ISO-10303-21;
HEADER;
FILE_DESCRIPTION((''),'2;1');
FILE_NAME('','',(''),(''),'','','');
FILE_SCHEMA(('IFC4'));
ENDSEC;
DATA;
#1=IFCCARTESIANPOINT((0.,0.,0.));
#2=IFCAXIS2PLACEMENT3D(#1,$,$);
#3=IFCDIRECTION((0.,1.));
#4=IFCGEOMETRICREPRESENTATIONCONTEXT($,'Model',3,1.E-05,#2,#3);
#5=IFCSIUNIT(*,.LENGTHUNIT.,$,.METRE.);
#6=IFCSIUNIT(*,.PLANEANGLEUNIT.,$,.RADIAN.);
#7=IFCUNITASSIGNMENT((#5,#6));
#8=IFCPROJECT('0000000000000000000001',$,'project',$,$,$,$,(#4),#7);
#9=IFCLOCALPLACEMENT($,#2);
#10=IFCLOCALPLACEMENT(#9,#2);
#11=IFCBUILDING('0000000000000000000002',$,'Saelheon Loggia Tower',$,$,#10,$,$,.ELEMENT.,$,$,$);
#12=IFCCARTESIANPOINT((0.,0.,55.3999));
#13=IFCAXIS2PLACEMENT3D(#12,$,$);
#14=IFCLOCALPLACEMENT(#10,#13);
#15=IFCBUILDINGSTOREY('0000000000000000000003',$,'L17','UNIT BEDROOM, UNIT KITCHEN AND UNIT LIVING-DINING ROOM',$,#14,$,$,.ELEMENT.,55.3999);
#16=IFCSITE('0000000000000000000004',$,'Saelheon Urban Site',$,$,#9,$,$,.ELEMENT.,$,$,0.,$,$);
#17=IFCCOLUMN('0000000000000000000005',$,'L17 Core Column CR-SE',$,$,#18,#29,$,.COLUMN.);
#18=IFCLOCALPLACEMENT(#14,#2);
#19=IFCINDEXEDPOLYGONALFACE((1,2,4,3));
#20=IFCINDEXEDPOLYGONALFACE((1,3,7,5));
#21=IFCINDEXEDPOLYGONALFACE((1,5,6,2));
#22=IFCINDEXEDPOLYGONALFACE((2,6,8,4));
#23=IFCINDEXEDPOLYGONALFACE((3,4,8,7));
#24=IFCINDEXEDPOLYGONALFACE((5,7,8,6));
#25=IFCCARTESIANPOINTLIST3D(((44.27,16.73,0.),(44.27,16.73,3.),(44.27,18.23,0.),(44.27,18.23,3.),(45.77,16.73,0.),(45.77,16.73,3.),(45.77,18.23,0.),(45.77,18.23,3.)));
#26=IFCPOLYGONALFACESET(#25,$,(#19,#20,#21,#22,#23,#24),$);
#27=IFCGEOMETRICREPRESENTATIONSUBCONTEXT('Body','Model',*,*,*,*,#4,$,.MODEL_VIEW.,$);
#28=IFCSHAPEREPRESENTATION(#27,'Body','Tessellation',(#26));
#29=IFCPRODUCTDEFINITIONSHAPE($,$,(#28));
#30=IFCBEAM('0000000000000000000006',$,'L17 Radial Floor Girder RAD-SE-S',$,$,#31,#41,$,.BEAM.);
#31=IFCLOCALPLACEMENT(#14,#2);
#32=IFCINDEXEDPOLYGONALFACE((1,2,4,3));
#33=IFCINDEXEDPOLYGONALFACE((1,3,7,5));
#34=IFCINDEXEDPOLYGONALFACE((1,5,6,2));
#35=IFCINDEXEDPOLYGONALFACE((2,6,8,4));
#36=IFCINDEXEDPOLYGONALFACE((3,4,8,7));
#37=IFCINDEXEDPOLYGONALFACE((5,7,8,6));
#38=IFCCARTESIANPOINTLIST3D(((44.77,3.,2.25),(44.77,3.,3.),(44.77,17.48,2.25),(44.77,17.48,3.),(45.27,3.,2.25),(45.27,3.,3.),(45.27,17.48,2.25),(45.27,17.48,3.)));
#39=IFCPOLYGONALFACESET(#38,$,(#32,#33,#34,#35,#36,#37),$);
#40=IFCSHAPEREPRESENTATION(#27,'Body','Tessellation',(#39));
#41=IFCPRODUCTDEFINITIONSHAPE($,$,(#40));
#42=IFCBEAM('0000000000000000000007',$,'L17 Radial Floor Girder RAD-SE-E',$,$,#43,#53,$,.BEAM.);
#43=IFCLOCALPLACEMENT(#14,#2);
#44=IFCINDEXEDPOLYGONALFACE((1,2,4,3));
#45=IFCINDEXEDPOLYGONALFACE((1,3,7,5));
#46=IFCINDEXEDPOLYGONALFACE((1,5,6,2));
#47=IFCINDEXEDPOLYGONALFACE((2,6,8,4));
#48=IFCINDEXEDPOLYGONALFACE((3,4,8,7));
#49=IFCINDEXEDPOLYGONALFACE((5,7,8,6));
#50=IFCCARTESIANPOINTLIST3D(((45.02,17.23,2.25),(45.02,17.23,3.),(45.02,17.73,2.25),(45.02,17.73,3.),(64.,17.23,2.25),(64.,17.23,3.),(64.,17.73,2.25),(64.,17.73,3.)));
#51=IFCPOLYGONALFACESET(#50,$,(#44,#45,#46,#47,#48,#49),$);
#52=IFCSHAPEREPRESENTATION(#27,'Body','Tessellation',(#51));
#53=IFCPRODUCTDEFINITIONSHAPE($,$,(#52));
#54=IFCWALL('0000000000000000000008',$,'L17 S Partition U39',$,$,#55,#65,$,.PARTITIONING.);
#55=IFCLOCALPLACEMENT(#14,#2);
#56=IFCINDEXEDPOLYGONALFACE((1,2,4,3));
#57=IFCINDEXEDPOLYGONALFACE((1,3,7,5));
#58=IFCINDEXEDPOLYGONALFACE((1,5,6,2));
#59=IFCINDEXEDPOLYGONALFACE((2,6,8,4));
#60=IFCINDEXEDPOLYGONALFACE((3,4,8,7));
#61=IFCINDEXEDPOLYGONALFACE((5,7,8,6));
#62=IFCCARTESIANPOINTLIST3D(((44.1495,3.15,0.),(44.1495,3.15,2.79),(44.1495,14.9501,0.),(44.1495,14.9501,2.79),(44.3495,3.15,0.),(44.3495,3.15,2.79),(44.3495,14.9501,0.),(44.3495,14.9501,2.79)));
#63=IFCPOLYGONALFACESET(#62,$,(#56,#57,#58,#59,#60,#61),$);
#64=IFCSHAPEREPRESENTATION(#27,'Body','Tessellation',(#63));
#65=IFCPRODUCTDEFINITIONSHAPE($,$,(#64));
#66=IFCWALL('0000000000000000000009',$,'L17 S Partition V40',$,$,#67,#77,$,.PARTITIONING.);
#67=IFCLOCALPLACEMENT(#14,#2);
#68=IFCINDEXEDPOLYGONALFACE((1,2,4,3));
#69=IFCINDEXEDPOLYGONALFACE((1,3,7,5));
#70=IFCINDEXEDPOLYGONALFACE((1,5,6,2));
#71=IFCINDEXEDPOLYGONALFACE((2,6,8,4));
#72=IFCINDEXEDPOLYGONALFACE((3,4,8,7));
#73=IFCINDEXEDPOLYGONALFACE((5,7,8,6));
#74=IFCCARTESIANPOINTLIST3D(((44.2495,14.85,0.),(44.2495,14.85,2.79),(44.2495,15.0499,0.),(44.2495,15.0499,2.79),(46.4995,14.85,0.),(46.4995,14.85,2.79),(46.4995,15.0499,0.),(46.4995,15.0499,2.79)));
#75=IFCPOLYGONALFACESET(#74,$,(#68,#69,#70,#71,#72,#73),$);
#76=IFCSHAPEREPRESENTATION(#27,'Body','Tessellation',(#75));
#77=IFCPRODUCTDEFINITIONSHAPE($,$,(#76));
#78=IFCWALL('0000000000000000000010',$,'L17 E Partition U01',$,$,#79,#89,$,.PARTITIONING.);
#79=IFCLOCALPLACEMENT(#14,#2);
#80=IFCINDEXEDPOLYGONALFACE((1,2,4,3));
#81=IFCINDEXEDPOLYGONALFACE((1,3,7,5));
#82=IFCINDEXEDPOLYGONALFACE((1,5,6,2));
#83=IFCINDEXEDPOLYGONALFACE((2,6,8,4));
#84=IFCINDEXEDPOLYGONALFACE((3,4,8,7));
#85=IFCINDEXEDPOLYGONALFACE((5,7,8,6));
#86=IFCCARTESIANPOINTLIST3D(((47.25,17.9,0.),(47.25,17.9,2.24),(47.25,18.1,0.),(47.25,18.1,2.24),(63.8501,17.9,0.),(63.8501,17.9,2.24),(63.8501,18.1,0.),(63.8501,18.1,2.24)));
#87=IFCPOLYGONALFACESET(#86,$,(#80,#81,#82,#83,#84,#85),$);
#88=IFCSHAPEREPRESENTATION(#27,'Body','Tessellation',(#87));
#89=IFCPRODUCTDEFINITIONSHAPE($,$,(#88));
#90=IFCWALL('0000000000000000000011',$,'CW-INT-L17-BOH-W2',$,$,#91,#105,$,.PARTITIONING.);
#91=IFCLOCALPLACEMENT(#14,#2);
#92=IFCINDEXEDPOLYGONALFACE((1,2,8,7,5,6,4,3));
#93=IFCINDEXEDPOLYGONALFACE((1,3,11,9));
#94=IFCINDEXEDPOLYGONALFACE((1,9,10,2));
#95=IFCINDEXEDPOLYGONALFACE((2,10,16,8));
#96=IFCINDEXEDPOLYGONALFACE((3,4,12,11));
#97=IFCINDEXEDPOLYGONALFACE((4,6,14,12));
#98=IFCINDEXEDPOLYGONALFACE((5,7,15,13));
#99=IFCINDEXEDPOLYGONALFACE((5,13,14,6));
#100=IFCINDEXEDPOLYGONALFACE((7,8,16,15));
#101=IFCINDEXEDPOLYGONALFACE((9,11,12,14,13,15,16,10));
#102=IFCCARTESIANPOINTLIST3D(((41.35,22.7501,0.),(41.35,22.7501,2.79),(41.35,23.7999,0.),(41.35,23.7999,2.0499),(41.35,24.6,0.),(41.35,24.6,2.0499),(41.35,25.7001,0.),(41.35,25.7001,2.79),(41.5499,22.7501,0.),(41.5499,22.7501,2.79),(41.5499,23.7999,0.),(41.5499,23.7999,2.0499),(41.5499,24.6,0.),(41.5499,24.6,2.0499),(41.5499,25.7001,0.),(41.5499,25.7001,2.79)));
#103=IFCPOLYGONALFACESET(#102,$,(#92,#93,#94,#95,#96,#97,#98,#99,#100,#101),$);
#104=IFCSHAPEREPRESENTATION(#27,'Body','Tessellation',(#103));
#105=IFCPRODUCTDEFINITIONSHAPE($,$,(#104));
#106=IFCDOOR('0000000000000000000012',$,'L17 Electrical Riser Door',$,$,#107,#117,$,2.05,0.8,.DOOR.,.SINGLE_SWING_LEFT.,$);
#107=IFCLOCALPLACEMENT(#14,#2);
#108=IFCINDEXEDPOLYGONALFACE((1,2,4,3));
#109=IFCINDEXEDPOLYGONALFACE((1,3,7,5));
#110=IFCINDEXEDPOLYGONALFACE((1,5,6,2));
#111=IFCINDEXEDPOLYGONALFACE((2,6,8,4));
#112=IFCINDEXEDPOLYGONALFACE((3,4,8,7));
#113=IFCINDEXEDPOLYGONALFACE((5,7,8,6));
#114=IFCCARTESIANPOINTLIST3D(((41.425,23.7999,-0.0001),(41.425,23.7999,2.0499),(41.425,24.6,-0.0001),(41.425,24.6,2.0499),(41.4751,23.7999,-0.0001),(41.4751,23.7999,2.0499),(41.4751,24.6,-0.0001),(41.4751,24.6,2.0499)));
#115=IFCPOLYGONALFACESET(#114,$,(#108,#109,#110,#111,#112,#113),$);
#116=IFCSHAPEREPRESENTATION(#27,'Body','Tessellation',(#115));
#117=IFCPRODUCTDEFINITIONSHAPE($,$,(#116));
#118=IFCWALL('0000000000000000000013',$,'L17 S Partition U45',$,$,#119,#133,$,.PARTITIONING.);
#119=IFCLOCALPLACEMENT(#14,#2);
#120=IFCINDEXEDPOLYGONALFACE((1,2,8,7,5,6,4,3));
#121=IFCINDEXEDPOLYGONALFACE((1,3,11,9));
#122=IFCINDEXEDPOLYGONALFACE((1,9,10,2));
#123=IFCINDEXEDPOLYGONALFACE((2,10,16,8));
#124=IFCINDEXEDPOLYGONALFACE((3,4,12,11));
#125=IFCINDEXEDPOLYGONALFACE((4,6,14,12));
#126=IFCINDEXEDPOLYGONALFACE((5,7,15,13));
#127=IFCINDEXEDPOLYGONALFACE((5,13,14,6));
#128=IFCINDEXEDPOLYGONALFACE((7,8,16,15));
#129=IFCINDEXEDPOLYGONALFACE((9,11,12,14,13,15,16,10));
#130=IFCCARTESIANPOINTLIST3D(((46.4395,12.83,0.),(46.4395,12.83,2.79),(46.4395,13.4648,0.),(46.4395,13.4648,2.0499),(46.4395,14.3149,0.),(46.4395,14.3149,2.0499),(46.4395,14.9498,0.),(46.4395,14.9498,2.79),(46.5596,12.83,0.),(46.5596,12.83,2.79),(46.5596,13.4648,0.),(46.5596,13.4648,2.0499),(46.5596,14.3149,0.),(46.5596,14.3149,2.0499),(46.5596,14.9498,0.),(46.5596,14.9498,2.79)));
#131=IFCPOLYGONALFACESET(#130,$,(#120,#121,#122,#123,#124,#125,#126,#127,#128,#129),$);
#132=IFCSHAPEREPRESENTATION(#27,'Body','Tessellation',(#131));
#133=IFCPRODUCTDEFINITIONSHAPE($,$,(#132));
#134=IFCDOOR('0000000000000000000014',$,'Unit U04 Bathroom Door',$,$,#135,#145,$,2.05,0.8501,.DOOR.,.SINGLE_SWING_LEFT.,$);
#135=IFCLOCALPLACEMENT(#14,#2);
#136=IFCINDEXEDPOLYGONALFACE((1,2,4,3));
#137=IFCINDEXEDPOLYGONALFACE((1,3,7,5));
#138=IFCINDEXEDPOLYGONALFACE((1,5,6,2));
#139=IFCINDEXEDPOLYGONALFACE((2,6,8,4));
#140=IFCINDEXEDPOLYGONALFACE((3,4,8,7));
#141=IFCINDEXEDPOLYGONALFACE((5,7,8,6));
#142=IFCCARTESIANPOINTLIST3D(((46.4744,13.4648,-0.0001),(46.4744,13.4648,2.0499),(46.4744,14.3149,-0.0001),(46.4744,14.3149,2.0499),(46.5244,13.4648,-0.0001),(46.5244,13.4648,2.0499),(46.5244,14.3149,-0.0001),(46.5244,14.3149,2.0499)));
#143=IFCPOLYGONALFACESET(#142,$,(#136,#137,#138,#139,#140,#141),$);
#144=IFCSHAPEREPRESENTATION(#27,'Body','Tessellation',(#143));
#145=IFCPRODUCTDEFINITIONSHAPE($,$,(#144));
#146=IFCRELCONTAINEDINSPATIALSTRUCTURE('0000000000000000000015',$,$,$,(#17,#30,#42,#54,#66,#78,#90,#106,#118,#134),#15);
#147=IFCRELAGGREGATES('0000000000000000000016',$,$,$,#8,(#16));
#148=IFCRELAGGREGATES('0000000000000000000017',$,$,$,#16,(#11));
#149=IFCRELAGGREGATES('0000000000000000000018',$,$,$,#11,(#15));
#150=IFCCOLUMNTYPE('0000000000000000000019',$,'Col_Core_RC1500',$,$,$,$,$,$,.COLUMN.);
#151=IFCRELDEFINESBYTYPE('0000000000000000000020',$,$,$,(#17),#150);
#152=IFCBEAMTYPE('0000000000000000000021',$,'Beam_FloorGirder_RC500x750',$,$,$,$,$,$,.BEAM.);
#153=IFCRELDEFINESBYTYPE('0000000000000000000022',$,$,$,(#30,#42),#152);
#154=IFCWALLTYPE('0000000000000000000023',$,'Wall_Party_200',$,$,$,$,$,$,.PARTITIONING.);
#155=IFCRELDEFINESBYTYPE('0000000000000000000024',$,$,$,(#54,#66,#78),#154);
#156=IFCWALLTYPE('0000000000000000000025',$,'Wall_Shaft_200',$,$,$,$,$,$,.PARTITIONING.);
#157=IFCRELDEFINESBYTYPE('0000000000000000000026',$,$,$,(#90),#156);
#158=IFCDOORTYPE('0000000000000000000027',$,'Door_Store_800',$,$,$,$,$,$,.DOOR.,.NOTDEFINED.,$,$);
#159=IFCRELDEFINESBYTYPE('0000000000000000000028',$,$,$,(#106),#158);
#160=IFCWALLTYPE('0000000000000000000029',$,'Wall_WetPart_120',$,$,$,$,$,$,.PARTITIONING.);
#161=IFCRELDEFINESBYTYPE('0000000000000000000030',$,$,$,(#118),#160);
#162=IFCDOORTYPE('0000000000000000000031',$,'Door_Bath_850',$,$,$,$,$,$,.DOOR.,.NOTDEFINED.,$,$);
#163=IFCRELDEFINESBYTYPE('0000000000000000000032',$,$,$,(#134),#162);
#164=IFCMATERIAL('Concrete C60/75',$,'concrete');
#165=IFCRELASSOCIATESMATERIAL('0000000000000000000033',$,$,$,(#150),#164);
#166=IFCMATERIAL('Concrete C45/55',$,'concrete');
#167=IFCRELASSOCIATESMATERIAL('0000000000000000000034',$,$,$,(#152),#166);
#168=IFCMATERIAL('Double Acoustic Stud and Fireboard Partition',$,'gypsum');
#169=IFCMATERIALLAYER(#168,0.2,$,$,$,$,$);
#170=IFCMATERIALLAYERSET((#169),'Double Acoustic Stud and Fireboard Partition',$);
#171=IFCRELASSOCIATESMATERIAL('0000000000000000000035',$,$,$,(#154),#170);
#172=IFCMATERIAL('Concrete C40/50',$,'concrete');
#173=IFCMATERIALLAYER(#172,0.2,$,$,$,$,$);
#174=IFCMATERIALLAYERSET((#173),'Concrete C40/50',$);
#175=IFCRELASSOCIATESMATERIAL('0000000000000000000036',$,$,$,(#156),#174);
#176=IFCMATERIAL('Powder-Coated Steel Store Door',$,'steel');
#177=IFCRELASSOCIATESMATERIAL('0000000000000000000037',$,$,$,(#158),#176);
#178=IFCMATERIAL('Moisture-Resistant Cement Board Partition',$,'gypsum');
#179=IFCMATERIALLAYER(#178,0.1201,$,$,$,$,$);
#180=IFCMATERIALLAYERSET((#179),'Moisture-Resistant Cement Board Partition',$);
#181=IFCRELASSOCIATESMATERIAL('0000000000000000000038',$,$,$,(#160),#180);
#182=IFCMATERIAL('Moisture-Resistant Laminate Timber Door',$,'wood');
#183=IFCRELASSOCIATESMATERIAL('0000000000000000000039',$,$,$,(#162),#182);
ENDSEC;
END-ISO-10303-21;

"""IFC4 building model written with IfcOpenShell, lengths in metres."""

from ifc_helpers import new_model, si_unit, direction, frame, frame_2d, origin, origin_2d, place, context, subcontext, project, spatial, rectangle, extrude, source, transform, mapped, material, layer, layer_set, material_profile, profile_set, type_object, element, fill, save


model = new_model("IFC4")

# Units and contexts
model_context = context("Model", 3, precision=1e-05, world=origin(), true_north=direction((0.0, 1.0)))
body_context = subcontext(model_context, "Body", "Model", "MODEL_VIEW")
ifc_project = project(units=[si_unit("LENGTHUNIT", "METRE"), si_unit("PLANEANGLEUNIT", "RADIAN")], contexts=[model_context])

# Site, building, storey
site_placement = place(None, origin())
site = spatial("IfcSite", under=ifc_project, at=site_placement, Name="Saelheon Urban Site", CompositionType="ELEMENT", RefElevation=0.0)
building_placement = place(site_placement, origin())
building = spatial("IfcBuilding", under=site, at=building_placement, Name="Saelheon Loggia Tower", CompositionType="ELEMENT")
storey_placement = place(building_placement, frame((0.0, 0.0, 55.3999)))
storey = spatial("IfcBuildingStorey", under=building, at=storey_placement, Name="L17", Description="UNIT BEDROOM, UNIT KITCHEN AND UNIT LIVING-DINING ROOM", CompositionType="ELEMENT", Elevation=55.3999)

# Column
ifc_material_1 = material(Name="Concrete C60/75", Category="concrete")
ifc_material_profile_1 = material_profile(ifc_material_1, rectangle(XDim=1.5, YDim=1.5, at=origin_2d()), Name="RC-1500x1500")
ifc_profile_set_1 = profile_set([ifc_material_profile_1], Name="Concrete C60/75")
column_type = type_object("IfcColumnType", Name="Col_Core_RC1500", PredefinedType="COLUMN", material=ifc_profile_set_1)
shared_shape_1 = source(origin(), body_context, "Body", "SweptSolid", [
    extrude(rectangle(XDim=1.5, YDim=1.5, at=origin_2d()), origin(), (0.0, 0.0, 1.0), 3.0),
])
column_placement = place(storey_placement, frame((45.02, 17.48, 0.0), z_axis=(0.0, 0.0, 1.0), x_axis=(1.0, 0.0, 0.0)))
element("IfcColumn", 1, at=column_placement, inside=storey, type_object=column_type, Name="L17 Core Column CR-SE", PredefinedType="COLUMN", context=body_context, shape_type="MappedRepresentation", body=[
    mapped(shared_shape_1, transform((0.0, 0.0, 0.0), scale=1.0)),
])

# Beams
ifc_material_2 = material(Name="Concrete C45/55", Category="concrete")
ifc_material_profile_2 = material_profile(ifc_material_2, rectangle(XDim=0.5, YDim=0.75, at=origin_2d()), Name="RC-500x750")
ifc_profile_set_2 = profile_set([ifc_material_profile_2], Name="Concrete C45/55")
beam_type = type_object("IfcBeamType", Name="Beam_FloorGirder_RC500x750", PredefinedType="BEAM", material=ifc_profile_set_2)
shared_shape_2 = source(origin(), body_context, "Body", "SweptSolid", [
    extrude(rectangle(XDim=0.5, YDim=0.75, at=origin_2d()), origin(), (0.0, 0.0, 1.0), 14.48),
])
beam_1_placement = place(storey_placement, frame((45.02, 17.48, 2.625), z_axis=(0.0, -1.0, 0.0), x_axis=(1.0, 0.0, 0.0)))
element("IfcBeam", 2, at=beam_1_placement, inside=storey, type_object=beam_type, Name="L17 Radial Floor Girder RAD-SE-S", PredefinedType="BEAM", context=body_context, shape_type="MappedRepresentation", body=[
    mapped(shared_shape_2, transform((0.0, 0.0, 0.0), scale=1.0)),
])
shared_shape_3 = source(origin(), body_context, "Body", "SweptSolid", [
    extrude(rectangle(XDim=0.5, YDim=0.75, at=origin_2d()), origin(), (0.0, 0.0, 1.0), 18.98),
])
beam_2_placement = place(storey_placement, frame((45.02, 17.48, 2.625), z_axis=(1.0, 0.0, 0.0), x_axis=(0.0, 1.0, 0.0)))
element("IfcBeam", 3, at=beam_2_placement, inside=storey, type_object=beam_type, Name="L17 Radial Floor Girder RAD-SE-E", PredefinedType="BEAM", context=body_context, shape_type="MappedRepresentation", body=[
    mapped(shared_shape_3, transform((0.0, 0.0, 0.0), scale=1.0)),
])

# Walls
ifc_material_3 = material(Name="Double Acoustic Stud and Fireboard Partition", Category="gypsum")
ifc_layer_1 = layer(ifc_material_3, 0.2)
ifc_layer_set_1 = layer_set([ifc_layer_1], Name="Double Acoustic Stud and Fireboard Partition")
wall_type_1 = type_object("IfcWallType", Name="Wall_Party_200", PredefinedType="PARTITIONING", material=ifc_layer_set_1)
wall_1_placement = place(storey_placement, frame((44.2495, 14.95, 0.0), z_axis=(0.0, 0.0, 1.0), x_axis=(0.0, -1.0, 0.0)))
element("IfcWall", 4, at=wall_1_placement, inside=storey, type_object=wall_type_1, Name="L17 S Partition U39", PredefinedType="PARTITIONING", context=body_context, shape_type="SweptSolid", body=[
    extrude(rectangle(XDim=11.8, YDim=0.2, at=frame_2d((5.8999, 0.0))), origin(), (0.0, 0.0, 1.0), 2.79),
])
wall_2_placement = place(storey_placement, frame((44.2495, 14.95, 0.0), z_axis=(0.0, 0.0, 1.0), x_axis=(1.0, 0.0, 0.0)))
element("IfcWall", 5, at=wall_2_placement, inside=storey, type_object=wall_type_1, Name="L17 S Partition V40", PredefinedType="PARTITIONING", context=body_context, shape_type="SweptSolid", body=[
    extrude(rectangle(XDim=2.25, YDim=0.2, at=frame_2d((1.125, 0.0))), origin(), (0.0, 0.0, 1.0), 2.79),
])

# Wall
wall_3_placement = place(storey_placement, frame((47.25, 18.0, 0.0), z_axis=(0.0, 0.0, 1.0), x_axis=(1.0, 0.0, 0.0)))
element("IfcWall", 6, at=wall_3_placement, inside=storey, type_object=wall_type_1, Name="L17 E Partition U01", PredefinedType="PARTITIONING", context=body_context, shape_type="SweptSolid", body=[
    extrude(rectangle(XDim=16.6001, YDim=0.2, at=frame_2d((8.3, 0.0))), origin(), (0.0, 0.0, 1.0), 2.24),
])

# Walls, openings, doors
ifc_material_4 = material(Name="Concrete C40/50", Category="concrete")
ifc_layer_2 = layer(ifc_material_4, 0.2)
ifc_layer_set_2 = layer_set([ifc_layer_2], Name="Concrete C40/50")
wall_type_2 = type_object("IfcWallType", Name="Wall_Shaft_200", PredefinedType="PARTITIONING", material=ifc_layer_set_2)
wall_4_placement = place(storey_placement, frame((41.45, 22.75, 0.0), z_axis=(0.0, 0.0, 1.0), x_axis=(0.0, 1.0, 0.0)))
wall_4 = element("IfcWall", 7, at=wall_4_placement, inside=storey, type_object=wall_type_2, Name="CW-INT-L17-BOH-W2", PredefinedType="PARTITIONING", context=body_context, shape_type="SweptSolid", body=[
    extrude(rectangle(XDim=2.95, YDim=0.2, at=frame_2d((1.4751, 0.0))), origin(), (0.0, 0.0, 1.0), 2.79),
])
opening_1_placement = place(wall_4_placement, frame((1.05, 0.0, 0.0)))
opening_1 = element("IfcOpeningElement", 8, at=opening_1_placement, cuts=wall_4, PredefinedType="OPENING", context=body_context, shape_type="SweptSolid", body=[
    extrude(rectangle(XDim=0.8, YDim=2.05, at=frame_2d((0.3999, 1.0249))), frame((0.0, 0.1121, 0.0), z_axis=(0.0, -1.0, 0.0), x_axis=(1.0, 0.0, 0.0)), (0.0, 0.0, 1.0), 0.2239),
])
ifc_material_5 = material(Name="Powder-Coated Steel Store Door", Category="steel")
door_type_1 = type_object("IfcDoorType", Name="Door_Store_800", OperationType="NOTDEFINED", PredefinedType="DOOR", material=ifc_material_5)
shared_shape_4 = source(origin(), body_context, "Body", "SweptSolid", [
    extrude(rectangle(XDim=0.8, YDim=2.05, at=frame_2d((0.3999, 1.0249))), frame((0.0, 0.0249, 0.0), z_axis=(0.0, -1.0, 0.0), x_axis=(1.0, 0.0, 0.0)), (0.0, 0.0, 1.0), 0.05),
])
door_1_placement = place(opening_1_placement, origin())
door_1 = element("IfcDoor", 9, at=door_1_placement, inside=storey, type_object=door_type_1, Name="L17 Electrical Riser Door", OperationType="SINGLE_SWING_LEFT", OverallHeight=2.05, OverallWidth=0.8, PredefinedType="DOOR", context=body_context, shape_type="MappedRepresentation", body=[
    mapped(shared_shape_4, transform((0.0, 0.0, 0.0), scale=1.0)),
])
fill(opening_1, door_1)
ifc_material_6 = material(Name="Moisture-Resistant Cement Board Partition", Category="gypsum")
ifc_layer_3 = layer(ifc_material_6, 0.1201)
ifc_layer_set_3 = layer_set([ifc_layer_3], Name="Moisture-Resistant Cement Board Partition")
wall_type_3 = type_object("IfcWallType", Name="Wall_WetPart_120", PredefinedType="PARTITIONING", material=ifc_layer_set_3)
wall_5_placement = place(storey_placement, frame((46.4995, 14.95, 0.0), z_axis=(0.0, 0.0, 1.0), x_axis=(0.0, -1.0, 0.0)))
wall_5 = element("IfcWall", 10, at=wall_5_placement, inside=storey, type_object=wall_type_3, Name="L17 S Partition U45", PredefinedType="PARTITIONING", context=body_context, shape_type="SweptSolid", body=[
    extrude(rectangle(XDim=2.1199, YDim=0.1201, at=frame_2d((1.0601, 0.0))), origin(), (0.0, 0.0, 1.0), 2.79),
])
opening_2_placement = place(wall_5_placement, frame((0.635, 0.0, 0.0)))
opening_2 = element("IfcOpeningElement", 11, at=opening_2_placement, cuts=wall_5, PredefinedType="OPENING", context=body_context, shape_type="SweptSolid", body=[
    extrude(rectangle(XDim=0.8501, YDim=2.05, at=frame_2d((0.425, 1.0249))), frame((0.0, 0.072, 0.0), z_axis=(0.0, -1.0, 0.0), x_axis=(1.0, 0.0, 0.0)), (0.0, 0.0, 1.0), 0.144),
])
ifc_material_7 = material(Name="Moisture-Resistant Laminate Timber Door", Category="wood")
door_type_2 = type_object("IfcDoorType", Name="Door_Bath_850", OperationType="NOTDEFINED", PredefinedType="DOOR", material=ifc_material_7)
shared_shape_5 = source(origin(), body_context, "Body", "SweptSolid", [
    extrude(rectangle(XDim=0.8501, YDim=2.05, at=frame_2d((0.425, 1.0249))), frame((0.0, 0.0249, 0.0), z_axis=(0.0, -1.0, 0.0), x_axis=(1.0, 0.0, 0.0)), (0.0, 0.0, 1.0), 0.05),
])
door_2_placement = place(opening_2_placement, origin())
door_2 = element("IfcDoor", 12, at=door_2_placement, inside=storey, type_object=door_type_2, Name="Unit U04 Bathroom Door", OperationType="SINGLE_SWING_LEFT", OverallHeight=2.05, OverallWidth=0.8501, PredefinedType="DOOR", context=body_context, shape_type="MappedRepresentation", body=[
    mapped(shared_shape_5, transform((0.0, 0.0, 0.0), scale=1.0)),
])
fill(opening_2, door_2)

save(model, "model.ifc")
